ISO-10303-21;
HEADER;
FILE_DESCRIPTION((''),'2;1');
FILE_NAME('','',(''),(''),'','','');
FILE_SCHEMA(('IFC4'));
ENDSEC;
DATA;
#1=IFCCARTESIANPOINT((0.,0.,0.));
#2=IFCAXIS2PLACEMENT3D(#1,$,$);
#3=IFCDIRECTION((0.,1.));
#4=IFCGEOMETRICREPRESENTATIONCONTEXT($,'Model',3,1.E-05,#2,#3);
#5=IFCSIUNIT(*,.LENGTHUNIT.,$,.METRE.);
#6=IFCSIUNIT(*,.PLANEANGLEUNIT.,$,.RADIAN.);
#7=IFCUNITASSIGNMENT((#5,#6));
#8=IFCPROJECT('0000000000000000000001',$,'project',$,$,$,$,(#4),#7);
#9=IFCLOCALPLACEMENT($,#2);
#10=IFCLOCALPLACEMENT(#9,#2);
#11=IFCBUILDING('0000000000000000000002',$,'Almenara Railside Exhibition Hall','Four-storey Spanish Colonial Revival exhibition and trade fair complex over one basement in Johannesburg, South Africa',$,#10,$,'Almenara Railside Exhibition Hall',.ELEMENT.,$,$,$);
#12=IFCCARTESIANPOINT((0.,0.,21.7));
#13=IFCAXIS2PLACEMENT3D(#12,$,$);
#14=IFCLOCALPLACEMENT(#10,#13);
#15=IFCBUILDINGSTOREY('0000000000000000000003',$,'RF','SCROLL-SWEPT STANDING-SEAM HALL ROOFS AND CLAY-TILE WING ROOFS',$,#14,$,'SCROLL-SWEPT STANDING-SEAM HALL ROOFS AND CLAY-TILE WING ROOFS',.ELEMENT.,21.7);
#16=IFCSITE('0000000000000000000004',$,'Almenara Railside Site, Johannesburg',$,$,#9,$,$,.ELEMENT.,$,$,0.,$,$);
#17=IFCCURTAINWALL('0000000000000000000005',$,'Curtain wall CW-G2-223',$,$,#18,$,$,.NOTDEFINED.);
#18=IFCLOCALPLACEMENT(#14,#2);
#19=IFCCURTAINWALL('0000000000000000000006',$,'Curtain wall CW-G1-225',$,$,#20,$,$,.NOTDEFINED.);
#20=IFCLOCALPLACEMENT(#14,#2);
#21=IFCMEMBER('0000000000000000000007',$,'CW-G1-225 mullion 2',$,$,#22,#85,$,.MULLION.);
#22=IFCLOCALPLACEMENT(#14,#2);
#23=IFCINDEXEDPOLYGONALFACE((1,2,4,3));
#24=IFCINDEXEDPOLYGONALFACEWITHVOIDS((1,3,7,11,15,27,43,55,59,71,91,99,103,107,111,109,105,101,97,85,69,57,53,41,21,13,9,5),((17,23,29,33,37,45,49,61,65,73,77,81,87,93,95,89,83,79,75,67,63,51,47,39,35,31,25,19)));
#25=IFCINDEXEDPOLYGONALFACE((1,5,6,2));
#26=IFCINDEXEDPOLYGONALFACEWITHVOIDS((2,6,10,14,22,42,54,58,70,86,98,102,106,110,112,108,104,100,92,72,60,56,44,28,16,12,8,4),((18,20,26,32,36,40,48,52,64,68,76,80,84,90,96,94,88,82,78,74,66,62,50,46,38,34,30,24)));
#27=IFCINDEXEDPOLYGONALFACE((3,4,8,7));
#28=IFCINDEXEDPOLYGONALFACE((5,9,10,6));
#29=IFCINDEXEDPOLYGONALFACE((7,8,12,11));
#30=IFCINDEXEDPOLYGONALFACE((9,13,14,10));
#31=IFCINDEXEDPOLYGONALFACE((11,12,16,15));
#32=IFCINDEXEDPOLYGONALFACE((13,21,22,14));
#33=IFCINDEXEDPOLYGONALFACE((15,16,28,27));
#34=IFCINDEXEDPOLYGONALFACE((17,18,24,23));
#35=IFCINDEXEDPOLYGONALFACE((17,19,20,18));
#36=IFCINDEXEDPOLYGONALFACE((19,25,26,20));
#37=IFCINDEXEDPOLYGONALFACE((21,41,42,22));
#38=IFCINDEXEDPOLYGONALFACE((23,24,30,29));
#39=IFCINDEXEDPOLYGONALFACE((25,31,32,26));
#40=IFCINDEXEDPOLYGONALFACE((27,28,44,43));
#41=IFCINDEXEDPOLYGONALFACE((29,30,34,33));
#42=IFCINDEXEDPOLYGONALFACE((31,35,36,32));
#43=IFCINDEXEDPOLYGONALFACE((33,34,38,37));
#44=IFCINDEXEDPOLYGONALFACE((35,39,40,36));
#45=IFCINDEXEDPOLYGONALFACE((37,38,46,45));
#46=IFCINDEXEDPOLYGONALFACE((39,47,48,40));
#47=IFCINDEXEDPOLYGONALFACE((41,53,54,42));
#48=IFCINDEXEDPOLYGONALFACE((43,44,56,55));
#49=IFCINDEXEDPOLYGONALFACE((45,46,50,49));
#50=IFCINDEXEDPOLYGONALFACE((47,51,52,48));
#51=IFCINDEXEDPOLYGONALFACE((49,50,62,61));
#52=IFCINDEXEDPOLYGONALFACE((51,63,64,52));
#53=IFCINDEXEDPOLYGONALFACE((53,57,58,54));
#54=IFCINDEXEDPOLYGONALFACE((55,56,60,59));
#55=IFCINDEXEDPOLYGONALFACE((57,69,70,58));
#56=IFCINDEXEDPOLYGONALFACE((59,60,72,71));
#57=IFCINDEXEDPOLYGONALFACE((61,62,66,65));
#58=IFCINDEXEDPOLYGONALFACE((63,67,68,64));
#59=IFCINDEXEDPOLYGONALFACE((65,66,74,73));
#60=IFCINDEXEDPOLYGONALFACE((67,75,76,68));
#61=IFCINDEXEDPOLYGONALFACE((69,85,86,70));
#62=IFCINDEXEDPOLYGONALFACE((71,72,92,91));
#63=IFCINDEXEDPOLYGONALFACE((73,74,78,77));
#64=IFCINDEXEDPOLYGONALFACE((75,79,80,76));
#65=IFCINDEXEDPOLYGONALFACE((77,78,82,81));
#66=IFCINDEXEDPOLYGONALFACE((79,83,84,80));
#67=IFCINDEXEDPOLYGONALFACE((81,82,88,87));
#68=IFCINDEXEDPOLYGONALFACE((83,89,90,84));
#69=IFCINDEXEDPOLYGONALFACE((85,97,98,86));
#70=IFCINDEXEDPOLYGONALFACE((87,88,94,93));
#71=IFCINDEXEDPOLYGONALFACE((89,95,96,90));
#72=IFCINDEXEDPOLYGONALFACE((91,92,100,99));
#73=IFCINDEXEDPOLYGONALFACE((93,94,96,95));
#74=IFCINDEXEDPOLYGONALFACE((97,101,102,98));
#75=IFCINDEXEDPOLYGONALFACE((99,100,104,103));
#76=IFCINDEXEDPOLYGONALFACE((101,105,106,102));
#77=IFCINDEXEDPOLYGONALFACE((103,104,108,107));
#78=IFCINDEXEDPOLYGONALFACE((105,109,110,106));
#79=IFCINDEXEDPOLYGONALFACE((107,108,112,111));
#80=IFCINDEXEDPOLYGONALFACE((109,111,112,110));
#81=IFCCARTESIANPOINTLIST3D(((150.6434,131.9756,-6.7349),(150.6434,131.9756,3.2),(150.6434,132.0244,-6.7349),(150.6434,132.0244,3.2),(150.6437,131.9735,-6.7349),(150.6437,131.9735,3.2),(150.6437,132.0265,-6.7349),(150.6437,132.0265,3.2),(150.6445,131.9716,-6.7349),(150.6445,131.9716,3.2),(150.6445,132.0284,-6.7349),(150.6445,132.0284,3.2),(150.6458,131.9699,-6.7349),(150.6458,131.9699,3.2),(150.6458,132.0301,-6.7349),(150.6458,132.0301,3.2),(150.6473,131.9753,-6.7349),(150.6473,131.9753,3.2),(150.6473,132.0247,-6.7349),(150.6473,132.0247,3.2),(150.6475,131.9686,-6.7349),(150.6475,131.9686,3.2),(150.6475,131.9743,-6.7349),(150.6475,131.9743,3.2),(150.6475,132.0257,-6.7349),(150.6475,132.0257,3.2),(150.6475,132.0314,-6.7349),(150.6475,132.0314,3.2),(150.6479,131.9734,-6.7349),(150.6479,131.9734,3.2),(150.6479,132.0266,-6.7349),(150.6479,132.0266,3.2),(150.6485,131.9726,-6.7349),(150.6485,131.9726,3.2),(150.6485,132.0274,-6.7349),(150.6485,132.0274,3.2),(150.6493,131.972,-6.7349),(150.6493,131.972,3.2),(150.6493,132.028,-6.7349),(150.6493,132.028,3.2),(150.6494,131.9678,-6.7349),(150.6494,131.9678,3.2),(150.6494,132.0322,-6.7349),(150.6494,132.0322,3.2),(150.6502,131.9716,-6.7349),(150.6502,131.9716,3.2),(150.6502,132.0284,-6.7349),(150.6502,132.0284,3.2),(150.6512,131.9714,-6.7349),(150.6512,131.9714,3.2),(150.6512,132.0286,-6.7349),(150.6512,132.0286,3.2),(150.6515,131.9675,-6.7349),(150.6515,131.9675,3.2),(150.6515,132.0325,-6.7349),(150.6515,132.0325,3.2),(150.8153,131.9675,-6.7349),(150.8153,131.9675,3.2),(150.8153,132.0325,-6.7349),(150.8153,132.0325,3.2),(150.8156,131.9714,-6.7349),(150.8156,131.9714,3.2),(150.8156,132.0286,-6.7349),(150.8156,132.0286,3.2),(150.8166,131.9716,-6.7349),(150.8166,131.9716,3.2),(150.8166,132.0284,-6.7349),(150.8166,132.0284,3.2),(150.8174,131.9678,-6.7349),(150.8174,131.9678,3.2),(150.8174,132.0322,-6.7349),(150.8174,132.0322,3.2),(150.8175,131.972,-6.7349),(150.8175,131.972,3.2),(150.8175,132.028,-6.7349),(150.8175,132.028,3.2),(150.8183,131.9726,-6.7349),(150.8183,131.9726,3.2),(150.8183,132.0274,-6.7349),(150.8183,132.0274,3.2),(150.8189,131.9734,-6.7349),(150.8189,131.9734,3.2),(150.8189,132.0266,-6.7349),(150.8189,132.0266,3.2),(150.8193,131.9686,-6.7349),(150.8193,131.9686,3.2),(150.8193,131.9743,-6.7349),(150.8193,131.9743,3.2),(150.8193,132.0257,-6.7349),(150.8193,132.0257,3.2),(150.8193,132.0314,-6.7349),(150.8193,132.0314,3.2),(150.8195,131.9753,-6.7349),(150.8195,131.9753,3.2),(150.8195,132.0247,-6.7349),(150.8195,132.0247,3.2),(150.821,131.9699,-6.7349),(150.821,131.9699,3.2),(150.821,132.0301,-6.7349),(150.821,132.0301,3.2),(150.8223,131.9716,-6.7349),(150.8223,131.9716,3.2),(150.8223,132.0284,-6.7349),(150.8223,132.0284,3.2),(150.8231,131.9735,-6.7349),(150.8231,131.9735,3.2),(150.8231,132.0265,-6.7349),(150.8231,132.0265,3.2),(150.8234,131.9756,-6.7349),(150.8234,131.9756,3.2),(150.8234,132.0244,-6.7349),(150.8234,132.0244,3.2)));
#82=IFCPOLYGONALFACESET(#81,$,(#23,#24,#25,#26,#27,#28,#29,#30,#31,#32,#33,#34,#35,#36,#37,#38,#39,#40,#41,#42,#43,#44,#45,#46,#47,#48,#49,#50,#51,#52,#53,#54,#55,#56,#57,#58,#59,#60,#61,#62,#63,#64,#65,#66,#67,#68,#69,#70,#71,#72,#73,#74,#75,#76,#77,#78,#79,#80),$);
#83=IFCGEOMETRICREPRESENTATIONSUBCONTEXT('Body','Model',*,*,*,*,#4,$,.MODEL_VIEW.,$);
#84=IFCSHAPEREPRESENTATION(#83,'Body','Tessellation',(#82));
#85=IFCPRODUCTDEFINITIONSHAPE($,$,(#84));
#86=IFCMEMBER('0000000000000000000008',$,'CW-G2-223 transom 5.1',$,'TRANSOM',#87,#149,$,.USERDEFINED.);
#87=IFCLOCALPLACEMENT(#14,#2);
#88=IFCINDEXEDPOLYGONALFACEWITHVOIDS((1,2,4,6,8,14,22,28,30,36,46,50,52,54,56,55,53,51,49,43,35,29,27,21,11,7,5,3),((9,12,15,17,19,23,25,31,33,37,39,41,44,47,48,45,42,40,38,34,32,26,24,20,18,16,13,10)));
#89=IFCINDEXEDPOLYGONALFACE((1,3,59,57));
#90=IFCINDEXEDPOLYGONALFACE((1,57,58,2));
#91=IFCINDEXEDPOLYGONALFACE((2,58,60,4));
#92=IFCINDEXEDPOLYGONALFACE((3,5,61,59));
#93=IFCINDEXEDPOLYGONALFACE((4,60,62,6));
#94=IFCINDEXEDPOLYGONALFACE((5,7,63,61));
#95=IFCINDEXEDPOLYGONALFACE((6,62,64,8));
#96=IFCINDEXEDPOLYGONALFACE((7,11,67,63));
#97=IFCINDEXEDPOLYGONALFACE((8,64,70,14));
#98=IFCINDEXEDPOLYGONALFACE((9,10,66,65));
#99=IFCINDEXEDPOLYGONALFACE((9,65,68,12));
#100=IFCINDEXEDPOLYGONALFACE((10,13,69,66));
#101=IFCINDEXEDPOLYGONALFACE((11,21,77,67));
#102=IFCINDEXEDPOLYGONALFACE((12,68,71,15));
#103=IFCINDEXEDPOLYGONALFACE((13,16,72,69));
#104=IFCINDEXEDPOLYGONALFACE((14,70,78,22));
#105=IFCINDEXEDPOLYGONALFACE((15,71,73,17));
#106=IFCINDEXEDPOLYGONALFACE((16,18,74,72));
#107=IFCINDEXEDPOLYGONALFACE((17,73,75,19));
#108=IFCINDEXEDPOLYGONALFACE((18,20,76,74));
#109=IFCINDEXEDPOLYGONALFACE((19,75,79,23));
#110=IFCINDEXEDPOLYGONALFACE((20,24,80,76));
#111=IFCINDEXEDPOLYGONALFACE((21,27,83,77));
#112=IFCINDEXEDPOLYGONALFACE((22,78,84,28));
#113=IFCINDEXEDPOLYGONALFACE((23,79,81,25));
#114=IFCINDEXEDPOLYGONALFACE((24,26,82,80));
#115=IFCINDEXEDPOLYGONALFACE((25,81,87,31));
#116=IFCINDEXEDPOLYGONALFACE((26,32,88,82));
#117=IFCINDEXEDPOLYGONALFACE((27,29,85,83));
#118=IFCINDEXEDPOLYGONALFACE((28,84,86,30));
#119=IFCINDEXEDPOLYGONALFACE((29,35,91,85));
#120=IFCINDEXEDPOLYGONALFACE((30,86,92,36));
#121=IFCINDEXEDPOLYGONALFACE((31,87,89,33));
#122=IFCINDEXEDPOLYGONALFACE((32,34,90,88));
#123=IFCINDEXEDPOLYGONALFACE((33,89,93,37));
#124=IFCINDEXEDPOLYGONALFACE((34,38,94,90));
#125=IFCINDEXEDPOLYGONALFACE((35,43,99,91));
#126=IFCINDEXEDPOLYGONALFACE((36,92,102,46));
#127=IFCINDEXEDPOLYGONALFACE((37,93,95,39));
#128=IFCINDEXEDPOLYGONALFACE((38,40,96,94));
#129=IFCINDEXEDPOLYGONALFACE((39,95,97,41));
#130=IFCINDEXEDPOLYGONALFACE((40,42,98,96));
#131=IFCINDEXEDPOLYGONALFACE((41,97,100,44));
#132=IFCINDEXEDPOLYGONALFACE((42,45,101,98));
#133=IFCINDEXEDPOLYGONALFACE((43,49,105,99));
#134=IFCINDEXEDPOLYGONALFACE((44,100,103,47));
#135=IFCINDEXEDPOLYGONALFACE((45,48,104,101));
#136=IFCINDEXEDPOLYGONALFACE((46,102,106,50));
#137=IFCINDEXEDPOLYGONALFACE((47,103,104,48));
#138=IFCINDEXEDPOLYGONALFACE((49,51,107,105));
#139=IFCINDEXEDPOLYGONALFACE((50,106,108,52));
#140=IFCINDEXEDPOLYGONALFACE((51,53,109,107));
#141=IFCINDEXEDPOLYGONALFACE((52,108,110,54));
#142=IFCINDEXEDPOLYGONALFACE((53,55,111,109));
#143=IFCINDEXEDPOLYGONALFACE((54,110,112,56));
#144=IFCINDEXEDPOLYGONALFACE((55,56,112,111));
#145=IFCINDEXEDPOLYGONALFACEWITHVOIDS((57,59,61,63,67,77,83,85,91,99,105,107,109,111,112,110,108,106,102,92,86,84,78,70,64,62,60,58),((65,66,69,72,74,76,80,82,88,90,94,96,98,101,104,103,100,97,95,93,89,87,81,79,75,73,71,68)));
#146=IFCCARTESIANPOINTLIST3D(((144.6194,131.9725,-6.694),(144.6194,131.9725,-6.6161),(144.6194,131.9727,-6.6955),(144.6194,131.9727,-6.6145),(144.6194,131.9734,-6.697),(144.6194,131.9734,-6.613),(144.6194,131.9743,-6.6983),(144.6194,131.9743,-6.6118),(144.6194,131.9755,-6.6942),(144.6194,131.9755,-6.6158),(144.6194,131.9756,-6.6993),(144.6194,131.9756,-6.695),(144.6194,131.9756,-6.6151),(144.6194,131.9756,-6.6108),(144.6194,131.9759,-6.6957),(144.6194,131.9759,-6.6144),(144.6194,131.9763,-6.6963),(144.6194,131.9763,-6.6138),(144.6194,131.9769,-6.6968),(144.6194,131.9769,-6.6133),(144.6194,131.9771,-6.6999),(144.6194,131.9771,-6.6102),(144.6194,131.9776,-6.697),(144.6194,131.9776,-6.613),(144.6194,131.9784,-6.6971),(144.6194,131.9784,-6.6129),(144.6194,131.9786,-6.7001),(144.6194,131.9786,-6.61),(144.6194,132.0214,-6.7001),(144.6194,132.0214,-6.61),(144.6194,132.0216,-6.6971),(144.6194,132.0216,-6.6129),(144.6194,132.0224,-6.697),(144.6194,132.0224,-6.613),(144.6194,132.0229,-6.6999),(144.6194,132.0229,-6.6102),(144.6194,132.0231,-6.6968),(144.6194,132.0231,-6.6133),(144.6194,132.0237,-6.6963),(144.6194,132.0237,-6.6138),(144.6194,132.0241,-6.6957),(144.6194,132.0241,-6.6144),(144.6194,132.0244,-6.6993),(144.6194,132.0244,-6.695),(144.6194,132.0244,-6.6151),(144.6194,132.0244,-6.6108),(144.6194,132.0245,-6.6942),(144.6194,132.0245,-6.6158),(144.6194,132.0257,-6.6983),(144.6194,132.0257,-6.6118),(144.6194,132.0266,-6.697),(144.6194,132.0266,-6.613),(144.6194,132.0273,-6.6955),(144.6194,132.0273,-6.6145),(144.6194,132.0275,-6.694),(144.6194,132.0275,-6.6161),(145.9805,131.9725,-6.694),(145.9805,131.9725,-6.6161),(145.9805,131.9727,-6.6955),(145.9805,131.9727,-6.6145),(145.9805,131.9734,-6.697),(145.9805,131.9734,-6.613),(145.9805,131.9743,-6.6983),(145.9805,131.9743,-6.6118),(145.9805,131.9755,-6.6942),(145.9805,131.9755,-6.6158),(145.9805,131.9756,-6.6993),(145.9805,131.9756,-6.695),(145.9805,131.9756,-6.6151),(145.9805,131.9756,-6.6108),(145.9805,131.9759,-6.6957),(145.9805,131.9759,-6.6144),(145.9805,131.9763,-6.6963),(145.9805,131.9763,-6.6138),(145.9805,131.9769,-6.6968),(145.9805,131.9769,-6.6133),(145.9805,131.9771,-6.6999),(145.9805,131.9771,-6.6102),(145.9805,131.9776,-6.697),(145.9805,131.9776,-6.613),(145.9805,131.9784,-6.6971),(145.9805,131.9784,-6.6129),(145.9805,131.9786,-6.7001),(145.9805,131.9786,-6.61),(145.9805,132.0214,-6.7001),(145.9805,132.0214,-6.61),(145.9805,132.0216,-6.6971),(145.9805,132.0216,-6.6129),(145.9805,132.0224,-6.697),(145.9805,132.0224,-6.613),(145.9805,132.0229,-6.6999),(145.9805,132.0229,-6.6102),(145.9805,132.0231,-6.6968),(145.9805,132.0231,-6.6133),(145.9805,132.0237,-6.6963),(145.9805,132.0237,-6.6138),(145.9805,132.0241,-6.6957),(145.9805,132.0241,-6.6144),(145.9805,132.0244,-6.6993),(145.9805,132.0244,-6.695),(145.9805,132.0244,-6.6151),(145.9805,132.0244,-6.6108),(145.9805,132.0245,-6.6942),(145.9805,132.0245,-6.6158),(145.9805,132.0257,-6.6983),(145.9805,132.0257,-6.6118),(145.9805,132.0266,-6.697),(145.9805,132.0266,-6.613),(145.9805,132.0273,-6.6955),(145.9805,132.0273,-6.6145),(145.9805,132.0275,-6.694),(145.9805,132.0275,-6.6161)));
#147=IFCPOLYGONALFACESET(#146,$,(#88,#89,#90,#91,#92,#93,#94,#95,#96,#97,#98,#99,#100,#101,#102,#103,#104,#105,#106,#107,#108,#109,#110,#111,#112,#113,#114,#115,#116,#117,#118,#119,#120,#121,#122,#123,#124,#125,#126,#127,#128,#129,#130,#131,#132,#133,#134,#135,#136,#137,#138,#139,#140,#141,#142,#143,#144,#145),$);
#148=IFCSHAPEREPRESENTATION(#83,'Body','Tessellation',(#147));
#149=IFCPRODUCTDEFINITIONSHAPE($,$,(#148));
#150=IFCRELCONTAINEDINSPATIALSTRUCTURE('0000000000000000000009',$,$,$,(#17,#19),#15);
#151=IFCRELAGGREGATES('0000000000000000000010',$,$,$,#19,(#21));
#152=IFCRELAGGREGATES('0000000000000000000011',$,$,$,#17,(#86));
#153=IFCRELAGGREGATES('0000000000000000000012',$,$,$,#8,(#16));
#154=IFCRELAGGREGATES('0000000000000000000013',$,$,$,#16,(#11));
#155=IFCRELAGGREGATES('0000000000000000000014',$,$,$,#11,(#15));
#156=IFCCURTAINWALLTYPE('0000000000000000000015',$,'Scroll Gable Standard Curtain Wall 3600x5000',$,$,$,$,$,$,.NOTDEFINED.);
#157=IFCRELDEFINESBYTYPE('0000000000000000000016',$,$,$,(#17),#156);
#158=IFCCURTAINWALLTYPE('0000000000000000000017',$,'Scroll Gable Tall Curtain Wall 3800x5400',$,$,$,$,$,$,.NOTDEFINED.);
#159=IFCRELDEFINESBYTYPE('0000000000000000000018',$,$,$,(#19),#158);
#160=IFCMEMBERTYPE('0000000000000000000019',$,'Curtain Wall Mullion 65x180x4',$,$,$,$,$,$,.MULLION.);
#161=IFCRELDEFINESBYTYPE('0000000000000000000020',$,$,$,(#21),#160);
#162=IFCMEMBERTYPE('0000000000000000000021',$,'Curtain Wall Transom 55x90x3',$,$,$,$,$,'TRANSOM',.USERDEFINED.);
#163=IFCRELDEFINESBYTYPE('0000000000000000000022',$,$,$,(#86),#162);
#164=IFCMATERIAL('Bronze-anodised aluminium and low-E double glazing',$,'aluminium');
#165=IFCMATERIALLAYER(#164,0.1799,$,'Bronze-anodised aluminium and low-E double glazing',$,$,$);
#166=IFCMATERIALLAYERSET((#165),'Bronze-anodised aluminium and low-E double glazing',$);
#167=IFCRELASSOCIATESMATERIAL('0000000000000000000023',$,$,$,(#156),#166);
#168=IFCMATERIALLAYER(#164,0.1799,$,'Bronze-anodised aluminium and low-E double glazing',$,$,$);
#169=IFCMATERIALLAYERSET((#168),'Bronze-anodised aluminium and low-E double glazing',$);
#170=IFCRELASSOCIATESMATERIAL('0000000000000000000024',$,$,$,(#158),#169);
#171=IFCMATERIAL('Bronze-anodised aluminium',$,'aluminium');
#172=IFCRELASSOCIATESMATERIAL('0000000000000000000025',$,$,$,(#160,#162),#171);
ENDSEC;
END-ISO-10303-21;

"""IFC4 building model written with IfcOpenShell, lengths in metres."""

from ifc_helpers import new_model, si_unit, direction, frame, origin, origin_2d, place, context, subcontext, project, spatial, hollow_rectangle, extrude, material, layer, layer_set, material_profile, profile_set, type_object, element, aggregate, save


model = new_model("IFC4")

# Units and contexts
model_context = context("Model", 3, precision=1e-05, world=origin(), true_north=direction((0.0, 1.0)))
body_context = subcontext(model_context, "Body", "Model", "MODEL_VIEW")
ifc_project = project(units=[si_unit("LENGTHUNIT", "METRE"), si_unit("PLANEANGLEUNIT", "RADIAN")], contexts=[model_context])

# Site, building, storey
site_placement = place(None, origin())
site = spatial("IfcSite", under=ifc_project, at=site_placement, Name="Almenara Railside Site, Johannesburg", CompositionType="ELEMENT", RefElevation=0.0)
building_placement = place(site_placement, origin())
building = spatial("IfcBuilding", under=site, at=building_placement, Name="Almenara Railside Exhibition Hall", Description="Four-storey Spanish Colonial Revival exhibition and trade fair complex over one basement in Johannesburg, South Africa", LongName="Almenara Railside Exhibition Hall", CompositionType="ELEMENT")
storey_placement = place(building_placement, frame((0.0, 0.0, 21.7)))
storey = spatial("IfcBuildingStorey", under=building, at=storey_placement, Name="RF", Description="SCROLL-SWEPT STANDING-SEAM HALL ROOFS AND CLAY-TILE WING ROOFS", LongName="SCROLL-SWEPT STANDING-SEAM HALL ROOFS AND CLAY-TILE WING ROOFS", CompositionType="ELEMENT", Elevation=21.7)

# Curtain walls, member
ifc_material_1 = material(Name="Bronze-anodised aluminium and low-E double glazing", Category="aluminium")
ifc_layer_1 = layer(ifc_material_1, 0.1799, Name="Bronze-anodised aluminium and low-E double glazing")
ifc_layer_set_1 = layer_set([ifc_layer_1], Name="Bronze-anodised aluminium and low-E double glazing")
curtain_wall_type_1 = type_object("IfcCurtainWallType", Name="Scroll Gable Standard Curtain Wall 3600x5000", PredefinedType="NOTDEFINED", material=ifc_layer_set_1)
curtain_wall_1_placement = place(storey_placement, origin())
curtain_wall_1 = element("IfcCurtainWall", 1, at=curtain_wall_1_placement, inside=storey, type_object=curtain_wall_type_1, Name="Curtain wall CW-G2-223", PredefinedType="NOTDEFINED")
ifc_material_2 = material(Name="Bronze-anodised aluminium", Category="aluminium")
ifc_layer_2 = layer(ifc_material_1, 0.1799, Name="Bronze-anodised aluminium and low-E double glazing")
ifc_layer_set_2 = layer_set([ifc_layer_2], Name="Bronze-anodised aluminium and low-E double glazing")
curtain_wall_type_2 = type_object("IfcCurtainWallType", Name="Scroll Gable Tall Curtain Wall 3800x5400", PredefinedType="NOTDEFINED", material=ifc_layer_set_2)
curtain_wall_2_placement = place(storey_placement, origin())
curtain_wall_2 = element("IfcCurtainWall", 2, at=curtain_wall_2_placement, inside=storey, type_object=curtain_wall_type_2, Name="Curtain wall CW-G1-225", PredefinedType="NOTDEFINED")
ifc_material_profile_1 = material_profile(ifc_material_2, hollow_rectangle(XDim=0.0649, YDim=0.1799, WallThickness=0.0039, InnerFilletRadius=0.0039, OuterFilletRadius=0.0081, at=origin_2d()), Name="ALU-MUL 65x180x4")
ifc_profile_set_1 = profile_set([ifc_material_profile_1], Name="Bronze-anodised aluminium")
member_type_1 = type_object("IfcMemberType", Name="Curtain Wall Mullion 65x180x4", PredefinedType="MULLION", material=ifc_profile_set_1)
member_1_placement = place(storey_placement, frame((150.7334, 132.0, -6.7349), z_axis=(0.0, 0.0, 1.0), x_axis=(0.0, 1.0, 0.0)))
member_1 = element("IfcMember", 3, at=member_1_placement, type_object=member_type_1, Name="CW-G1-225 mullion 2", PredefinedType="MULLION", context=body_context, shape_type="SweptSolid", body=[
    extrude(hollow_rectangle(XDim=0.0649, YDim=0.1799, WallThickness=0.0039, InnerFilletRadius=0.0039, OuterFilletRadius=0.0081, at=origin_2d()), origin(), (0.0, 0.0, 1.0), 9.9348),
])

# Member
ifc_material_profile_2 = material_profile(ifc_material_2, hollow_rectangle(XDim=0.0549, YDim=0.0901, WallThickness=0.0029, InnerFilletRadius=0.0029, OuterFilletRadius=0.0061, at=origin_2d()), Name="ALU-TRN 55x90x3")
ifc_profile_set_2 = profile_set([ifc_material_profile_2], Name="Bronze-anodised aluminium")
member_type_2 = type_object("IfcMemberType", Name="Curtain Wall Transom 55x90x3", ElementType="TRANSOM", PredefinedType="USERDEFINED", material=ifc_profile_set_2)
member_2_placement = place(storey_placement, frame((144.6194, 132.0, -6.655), z_axis=(1.0, 0.0, 0.0), x_axis=(0.0, 1.0, 0.0)))
member_2 = element("IfcMember", 4, at=member_2_placement, type_object=member_type_2, Name="CW-G2-223 transom 5.1", ObjectType="TRANSOM", PredefinedType="USERDEFINED", context=body_context, shape_type="SweptSolid", body=[
    extrude(hollow_rectangle(XDim=0.0549, YDim=0.0901, WallThickness=0.0029, InnerFilletRadius=0.0029, OuterFilletRadius=0.0061, at=origin_2d()), origin(), (0.0, 0.0, 1.0), 1.3611),
])

aggregate(curtain_wall_2, [member_1])
aggregate(curtain_wall_1, [member_2])

save(model, "model.ifc")
